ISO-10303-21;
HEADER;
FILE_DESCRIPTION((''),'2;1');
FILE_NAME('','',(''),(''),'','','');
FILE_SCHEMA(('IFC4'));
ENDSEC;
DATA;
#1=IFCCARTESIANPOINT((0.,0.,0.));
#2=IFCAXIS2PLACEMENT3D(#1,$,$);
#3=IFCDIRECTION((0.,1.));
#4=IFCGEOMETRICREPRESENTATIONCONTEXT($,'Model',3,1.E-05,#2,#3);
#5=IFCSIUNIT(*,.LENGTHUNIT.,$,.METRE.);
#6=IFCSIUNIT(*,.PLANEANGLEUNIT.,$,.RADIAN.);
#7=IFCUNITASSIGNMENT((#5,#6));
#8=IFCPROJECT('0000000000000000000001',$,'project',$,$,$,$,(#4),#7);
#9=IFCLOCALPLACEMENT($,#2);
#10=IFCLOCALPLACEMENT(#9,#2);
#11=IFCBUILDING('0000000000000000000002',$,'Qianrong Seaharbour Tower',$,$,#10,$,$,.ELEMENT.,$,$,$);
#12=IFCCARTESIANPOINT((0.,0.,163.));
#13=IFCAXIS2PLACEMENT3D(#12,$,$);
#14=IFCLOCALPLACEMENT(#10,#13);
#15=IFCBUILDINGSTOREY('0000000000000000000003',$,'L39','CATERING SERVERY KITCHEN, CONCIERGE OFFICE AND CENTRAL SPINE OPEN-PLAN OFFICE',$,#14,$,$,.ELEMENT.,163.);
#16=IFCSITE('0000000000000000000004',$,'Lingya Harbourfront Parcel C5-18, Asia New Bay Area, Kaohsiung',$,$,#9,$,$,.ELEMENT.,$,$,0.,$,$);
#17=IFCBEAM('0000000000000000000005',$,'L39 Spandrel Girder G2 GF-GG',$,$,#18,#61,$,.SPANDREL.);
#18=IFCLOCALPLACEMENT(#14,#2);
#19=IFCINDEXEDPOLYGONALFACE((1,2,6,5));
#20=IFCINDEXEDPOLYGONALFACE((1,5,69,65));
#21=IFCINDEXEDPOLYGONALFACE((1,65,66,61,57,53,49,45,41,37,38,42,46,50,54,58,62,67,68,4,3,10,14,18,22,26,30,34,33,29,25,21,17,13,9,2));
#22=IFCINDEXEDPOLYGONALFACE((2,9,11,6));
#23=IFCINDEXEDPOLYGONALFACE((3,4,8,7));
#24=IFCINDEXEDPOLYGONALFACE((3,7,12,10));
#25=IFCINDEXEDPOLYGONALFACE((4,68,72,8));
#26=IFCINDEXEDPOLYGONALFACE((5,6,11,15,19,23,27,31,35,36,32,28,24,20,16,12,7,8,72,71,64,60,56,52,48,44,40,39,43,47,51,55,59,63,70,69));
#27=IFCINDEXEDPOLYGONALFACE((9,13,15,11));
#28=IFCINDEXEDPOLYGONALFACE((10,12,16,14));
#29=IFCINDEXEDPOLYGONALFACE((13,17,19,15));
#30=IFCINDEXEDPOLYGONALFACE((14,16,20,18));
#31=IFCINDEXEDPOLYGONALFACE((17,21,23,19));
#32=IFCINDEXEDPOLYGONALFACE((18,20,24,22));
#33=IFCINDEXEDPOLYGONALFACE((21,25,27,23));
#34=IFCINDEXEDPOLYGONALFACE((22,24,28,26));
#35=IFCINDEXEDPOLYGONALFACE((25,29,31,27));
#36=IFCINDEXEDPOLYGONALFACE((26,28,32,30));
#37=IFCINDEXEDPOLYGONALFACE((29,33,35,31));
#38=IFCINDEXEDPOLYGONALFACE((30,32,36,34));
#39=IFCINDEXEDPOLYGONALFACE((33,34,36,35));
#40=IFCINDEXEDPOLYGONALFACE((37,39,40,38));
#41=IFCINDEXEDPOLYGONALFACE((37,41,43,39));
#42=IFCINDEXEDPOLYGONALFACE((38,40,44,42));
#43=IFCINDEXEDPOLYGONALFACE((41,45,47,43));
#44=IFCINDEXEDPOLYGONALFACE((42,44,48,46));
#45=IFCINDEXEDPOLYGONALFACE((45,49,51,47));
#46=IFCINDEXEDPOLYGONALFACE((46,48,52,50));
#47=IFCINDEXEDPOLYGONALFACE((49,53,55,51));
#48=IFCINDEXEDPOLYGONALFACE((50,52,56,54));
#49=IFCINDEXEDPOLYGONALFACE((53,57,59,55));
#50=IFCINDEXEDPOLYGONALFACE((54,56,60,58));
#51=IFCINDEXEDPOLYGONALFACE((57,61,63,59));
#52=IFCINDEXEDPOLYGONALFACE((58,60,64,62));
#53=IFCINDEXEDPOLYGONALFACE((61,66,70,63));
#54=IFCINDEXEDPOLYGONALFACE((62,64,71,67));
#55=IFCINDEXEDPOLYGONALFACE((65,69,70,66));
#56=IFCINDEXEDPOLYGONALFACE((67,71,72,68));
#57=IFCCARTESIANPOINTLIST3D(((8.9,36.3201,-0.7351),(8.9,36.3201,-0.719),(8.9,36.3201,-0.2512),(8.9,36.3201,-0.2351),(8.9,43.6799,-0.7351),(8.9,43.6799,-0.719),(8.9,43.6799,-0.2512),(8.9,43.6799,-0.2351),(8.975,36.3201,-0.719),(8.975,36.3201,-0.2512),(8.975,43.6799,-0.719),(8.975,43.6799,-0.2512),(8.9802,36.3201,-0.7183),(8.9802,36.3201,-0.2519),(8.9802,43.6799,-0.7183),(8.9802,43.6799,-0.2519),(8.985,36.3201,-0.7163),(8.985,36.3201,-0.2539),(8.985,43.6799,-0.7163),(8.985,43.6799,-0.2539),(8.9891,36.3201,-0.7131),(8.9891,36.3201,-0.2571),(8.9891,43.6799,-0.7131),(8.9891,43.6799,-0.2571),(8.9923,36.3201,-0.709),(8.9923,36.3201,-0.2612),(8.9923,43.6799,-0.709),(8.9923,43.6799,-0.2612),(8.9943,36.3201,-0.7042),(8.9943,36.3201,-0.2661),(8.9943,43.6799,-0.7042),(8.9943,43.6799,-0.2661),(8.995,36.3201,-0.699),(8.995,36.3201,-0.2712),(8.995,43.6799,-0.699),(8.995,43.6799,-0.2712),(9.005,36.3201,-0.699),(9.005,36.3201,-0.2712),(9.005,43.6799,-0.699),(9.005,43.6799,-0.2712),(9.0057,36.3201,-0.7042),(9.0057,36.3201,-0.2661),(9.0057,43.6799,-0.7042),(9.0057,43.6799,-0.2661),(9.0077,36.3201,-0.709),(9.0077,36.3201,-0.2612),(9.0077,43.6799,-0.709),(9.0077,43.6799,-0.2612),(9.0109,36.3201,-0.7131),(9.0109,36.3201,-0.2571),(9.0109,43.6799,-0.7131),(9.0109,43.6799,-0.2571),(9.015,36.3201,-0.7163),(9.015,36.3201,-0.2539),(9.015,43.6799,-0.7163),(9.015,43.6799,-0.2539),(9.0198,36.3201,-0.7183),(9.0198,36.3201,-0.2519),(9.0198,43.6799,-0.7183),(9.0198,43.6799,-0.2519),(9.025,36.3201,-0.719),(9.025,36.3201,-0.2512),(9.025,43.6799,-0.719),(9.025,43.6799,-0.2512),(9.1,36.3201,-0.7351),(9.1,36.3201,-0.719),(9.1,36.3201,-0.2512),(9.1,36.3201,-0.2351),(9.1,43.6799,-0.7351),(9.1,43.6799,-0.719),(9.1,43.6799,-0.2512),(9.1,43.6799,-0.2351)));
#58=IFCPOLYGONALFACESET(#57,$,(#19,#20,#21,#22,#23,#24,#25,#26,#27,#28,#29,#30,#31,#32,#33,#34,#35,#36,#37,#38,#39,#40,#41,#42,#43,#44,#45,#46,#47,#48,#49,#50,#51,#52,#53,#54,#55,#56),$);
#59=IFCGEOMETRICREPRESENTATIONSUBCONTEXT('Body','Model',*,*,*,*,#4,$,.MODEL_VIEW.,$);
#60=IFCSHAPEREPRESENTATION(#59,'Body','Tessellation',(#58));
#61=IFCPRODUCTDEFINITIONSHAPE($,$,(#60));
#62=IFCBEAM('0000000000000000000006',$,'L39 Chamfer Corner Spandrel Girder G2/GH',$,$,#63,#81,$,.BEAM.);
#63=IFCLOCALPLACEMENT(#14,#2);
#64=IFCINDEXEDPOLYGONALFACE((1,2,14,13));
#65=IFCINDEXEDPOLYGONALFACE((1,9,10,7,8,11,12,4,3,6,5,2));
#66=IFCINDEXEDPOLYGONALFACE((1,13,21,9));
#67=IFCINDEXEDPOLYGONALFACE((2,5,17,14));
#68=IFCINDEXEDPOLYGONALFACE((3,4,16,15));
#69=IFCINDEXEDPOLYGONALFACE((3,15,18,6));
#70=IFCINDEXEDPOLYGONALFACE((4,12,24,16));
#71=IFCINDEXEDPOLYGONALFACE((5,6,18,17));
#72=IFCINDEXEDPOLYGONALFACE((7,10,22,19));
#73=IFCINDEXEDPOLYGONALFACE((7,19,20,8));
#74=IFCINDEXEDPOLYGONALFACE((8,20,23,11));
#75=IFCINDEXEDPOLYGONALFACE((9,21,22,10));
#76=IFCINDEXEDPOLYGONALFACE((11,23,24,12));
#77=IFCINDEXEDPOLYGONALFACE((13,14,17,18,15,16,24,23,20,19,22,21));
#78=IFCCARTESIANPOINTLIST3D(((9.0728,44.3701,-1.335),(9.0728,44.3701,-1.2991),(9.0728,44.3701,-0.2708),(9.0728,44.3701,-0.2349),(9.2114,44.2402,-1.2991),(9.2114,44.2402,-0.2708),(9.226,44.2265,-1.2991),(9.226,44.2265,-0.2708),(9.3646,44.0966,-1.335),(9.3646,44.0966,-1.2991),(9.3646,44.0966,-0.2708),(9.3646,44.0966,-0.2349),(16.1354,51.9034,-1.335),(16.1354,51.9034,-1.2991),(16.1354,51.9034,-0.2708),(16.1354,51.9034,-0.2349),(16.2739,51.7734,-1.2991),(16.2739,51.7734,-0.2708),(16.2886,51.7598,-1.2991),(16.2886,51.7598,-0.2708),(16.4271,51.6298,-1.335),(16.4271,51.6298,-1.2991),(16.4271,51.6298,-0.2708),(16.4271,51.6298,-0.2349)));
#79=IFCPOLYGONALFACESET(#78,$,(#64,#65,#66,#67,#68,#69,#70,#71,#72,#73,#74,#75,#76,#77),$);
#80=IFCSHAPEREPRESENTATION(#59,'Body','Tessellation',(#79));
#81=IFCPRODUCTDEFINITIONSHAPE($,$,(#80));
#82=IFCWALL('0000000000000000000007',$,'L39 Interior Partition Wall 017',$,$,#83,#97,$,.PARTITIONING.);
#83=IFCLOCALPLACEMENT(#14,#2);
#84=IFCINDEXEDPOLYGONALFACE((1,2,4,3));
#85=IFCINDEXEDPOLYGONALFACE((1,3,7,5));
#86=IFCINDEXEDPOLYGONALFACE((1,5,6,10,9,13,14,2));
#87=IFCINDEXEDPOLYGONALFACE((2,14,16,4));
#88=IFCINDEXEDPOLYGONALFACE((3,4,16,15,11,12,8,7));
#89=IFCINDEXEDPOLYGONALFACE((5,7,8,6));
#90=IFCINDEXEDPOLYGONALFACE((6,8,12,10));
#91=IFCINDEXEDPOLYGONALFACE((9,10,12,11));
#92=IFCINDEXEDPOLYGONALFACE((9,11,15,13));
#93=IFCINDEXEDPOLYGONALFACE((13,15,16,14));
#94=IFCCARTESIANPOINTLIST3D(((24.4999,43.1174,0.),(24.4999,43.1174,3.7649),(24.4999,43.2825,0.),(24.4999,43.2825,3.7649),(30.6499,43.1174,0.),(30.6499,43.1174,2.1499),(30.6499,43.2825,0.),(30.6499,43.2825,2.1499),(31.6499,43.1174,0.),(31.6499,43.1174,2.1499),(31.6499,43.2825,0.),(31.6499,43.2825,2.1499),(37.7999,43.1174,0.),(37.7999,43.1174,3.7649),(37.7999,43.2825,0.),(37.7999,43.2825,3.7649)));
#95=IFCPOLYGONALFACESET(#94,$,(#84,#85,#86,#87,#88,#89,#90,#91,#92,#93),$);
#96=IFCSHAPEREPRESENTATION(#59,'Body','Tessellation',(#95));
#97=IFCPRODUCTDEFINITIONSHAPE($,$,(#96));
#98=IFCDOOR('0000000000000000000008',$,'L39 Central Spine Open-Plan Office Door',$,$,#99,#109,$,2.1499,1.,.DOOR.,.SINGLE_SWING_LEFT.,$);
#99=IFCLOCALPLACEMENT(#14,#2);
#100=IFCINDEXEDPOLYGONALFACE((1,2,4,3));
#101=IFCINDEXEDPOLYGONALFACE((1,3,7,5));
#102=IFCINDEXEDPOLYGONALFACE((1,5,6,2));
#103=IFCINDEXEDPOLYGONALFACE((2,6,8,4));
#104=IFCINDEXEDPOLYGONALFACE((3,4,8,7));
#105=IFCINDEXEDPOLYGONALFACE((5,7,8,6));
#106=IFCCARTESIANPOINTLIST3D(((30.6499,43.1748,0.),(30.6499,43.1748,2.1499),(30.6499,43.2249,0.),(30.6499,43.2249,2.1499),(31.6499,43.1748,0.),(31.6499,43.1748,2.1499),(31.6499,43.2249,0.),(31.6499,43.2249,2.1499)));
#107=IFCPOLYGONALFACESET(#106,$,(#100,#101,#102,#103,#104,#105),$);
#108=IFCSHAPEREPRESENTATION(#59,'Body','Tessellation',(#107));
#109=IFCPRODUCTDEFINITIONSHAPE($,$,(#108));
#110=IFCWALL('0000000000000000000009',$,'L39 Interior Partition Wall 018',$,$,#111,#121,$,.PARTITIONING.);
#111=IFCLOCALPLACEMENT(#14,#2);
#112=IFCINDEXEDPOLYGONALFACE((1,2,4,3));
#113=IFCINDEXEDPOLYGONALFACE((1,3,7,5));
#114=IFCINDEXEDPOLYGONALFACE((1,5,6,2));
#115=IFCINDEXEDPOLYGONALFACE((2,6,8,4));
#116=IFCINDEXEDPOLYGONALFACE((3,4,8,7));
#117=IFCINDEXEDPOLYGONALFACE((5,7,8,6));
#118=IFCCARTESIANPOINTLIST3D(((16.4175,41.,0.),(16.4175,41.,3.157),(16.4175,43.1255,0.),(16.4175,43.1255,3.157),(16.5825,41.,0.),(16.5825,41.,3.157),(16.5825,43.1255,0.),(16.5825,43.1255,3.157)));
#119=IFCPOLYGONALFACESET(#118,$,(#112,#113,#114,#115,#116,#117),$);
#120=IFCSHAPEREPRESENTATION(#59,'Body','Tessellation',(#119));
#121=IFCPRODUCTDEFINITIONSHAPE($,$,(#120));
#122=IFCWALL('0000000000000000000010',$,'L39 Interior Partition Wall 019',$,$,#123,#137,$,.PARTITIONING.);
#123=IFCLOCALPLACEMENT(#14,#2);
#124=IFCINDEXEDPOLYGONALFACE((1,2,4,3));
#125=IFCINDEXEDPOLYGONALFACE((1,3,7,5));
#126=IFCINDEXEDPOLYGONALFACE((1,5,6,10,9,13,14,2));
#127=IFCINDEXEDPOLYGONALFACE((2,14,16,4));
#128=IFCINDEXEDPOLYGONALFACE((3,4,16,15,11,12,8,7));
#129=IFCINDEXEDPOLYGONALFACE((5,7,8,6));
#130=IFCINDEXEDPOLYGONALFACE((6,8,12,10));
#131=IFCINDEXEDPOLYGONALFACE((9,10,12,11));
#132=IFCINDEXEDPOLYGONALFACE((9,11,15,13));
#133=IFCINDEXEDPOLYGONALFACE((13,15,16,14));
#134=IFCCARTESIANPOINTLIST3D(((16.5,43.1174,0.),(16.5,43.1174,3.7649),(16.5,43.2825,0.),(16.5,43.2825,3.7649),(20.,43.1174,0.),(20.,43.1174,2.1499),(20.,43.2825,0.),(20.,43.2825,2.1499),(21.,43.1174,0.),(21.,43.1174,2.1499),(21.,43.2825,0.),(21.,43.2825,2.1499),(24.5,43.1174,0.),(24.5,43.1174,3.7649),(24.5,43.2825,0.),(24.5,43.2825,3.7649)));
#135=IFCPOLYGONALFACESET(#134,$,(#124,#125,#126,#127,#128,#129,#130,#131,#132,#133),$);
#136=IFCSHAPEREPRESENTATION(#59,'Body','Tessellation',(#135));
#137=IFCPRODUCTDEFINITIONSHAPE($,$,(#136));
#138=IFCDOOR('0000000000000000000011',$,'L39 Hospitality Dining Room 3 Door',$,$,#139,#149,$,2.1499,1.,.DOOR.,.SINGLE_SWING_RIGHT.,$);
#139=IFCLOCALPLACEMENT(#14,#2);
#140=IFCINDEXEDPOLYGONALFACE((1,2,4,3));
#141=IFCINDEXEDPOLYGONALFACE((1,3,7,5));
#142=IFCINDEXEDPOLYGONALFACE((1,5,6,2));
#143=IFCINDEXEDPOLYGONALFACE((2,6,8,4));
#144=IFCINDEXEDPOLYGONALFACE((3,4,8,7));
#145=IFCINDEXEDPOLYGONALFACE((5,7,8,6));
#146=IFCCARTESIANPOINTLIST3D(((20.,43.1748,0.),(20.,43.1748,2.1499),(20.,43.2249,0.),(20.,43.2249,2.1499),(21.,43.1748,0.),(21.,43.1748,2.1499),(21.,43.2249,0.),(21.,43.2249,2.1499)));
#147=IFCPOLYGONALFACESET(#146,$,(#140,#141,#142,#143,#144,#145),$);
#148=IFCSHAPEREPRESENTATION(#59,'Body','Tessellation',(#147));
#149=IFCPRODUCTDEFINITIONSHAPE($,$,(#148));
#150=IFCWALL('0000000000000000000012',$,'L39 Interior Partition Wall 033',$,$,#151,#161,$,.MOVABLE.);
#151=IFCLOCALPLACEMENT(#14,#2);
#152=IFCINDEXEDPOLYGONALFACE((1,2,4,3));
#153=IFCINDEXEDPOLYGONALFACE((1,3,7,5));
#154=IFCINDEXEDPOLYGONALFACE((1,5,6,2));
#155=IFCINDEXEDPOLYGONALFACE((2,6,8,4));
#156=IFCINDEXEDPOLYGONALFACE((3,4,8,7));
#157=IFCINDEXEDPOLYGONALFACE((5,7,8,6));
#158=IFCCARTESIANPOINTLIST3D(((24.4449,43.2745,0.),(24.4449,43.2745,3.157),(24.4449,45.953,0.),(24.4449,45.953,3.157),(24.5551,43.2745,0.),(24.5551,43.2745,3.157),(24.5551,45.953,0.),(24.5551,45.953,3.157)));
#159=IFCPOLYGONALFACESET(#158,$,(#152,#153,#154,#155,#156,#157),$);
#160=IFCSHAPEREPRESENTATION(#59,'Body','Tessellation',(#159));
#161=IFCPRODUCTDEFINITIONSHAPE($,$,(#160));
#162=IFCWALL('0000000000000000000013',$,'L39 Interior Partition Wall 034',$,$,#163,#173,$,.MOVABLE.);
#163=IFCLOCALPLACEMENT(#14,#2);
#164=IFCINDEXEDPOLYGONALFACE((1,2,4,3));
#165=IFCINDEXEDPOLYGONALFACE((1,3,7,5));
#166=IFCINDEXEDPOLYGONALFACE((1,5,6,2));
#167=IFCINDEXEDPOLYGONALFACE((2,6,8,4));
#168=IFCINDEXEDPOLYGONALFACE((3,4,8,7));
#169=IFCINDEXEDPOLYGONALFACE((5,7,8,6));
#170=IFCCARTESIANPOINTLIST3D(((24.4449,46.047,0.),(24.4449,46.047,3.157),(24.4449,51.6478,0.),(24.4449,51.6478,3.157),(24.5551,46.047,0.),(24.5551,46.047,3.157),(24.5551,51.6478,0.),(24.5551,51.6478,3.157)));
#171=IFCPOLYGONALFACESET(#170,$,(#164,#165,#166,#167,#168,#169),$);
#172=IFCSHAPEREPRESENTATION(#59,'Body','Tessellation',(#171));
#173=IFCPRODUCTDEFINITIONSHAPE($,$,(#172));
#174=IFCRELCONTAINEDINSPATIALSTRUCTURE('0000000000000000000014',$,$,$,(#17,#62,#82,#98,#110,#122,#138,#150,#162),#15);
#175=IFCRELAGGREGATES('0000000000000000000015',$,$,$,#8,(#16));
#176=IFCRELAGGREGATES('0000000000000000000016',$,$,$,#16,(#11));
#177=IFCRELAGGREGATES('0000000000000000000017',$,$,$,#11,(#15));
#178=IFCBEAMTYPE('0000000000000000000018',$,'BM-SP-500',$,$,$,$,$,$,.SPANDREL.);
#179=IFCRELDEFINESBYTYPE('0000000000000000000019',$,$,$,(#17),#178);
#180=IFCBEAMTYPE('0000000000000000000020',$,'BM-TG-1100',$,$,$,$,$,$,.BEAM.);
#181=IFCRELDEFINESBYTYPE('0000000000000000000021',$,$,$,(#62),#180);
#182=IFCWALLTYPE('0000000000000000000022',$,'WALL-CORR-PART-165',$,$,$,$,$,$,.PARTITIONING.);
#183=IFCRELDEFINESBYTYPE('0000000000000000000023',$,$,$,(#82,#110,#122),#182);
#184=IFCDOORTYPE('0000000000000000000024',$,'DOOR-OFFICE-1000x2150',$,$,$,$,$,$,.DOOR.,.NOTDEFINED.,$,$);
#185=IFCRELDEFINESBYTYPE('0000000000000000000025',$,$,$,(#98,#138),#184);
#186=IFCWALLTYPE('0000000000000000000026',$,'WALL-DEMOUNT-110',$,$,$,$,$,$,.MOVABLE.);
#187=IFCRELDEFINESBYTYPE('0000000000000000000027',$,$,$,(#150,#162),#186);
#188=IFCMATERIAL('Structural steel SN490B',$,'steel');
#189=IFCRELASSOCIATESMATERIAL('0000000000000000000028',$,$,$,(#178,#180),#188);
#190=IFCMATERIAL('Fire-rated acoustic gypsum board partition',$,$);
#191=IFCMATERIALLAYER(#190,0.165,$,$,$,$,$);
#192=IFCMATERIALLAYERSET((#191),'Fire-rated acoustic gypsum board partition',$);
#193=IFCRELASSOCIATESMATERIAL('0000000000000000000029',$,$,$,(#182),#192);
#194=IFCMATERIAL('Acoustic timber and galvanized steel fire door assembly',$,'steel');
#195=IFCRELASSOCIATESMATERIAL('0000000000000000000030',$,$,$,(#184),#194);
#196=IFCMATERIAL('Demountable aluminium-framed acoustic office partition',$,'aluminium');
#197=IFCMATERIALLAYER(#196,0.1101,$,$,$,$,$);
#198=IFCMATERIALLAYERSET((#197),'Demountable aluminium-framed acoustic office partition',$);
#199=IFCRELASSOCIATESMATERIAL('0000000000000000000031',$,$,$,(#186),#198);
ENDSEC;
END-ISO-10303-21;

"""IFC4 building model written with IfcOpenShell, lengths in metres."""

from ifc_helpers import new_model, si_unit, direction, frame, frame_2d, origin, origin_2d, place, context, subcontext, project, spatial, rectangle, i_section, extrude, material, layer, layer_set, material_profile, profile_set, type_object, element, fill, save


model = new_model("IFC4")

# Units and contexts
model_context = context("Model", 3, precision=1e-05, world=origin(), true_north=direction((0.0, 1.0)))
body_context = subcontext(model_context, "Body", "Model", "MODEL_VIEW")
ifc_project = project(units=[si_unit("LENGTHUNIT", "METRE"), si_unit("PLANEANGLEUNIT", "RADIAN")], contexts=[model_context])

# Site, building, storey
site_placement = place(None, origin())
site = spatial("IfcSite", under=ifc_project, at=site_placement, Name="Lingya Harbourfront Parcel C5-18, Asia New Bay Area, Kaohsiung", CompositionType="ELEMENT", RefElevation=0.0)
building_placement = place(site_placement, origin())
building = spatial("IfcBuilding", under=site, at=building_placement, Name="Qianrong Seaharbour Tower", CompositionType="ELEMENT")
storey_placement = place(building_placement, frame((0.0, 0.0, 163.0)))
storey = spatial("IfcBuildingStorey", under=building, at=storey_placement, Name="L39", Description="CATERING SERVERY KITCHEN, CONCIERGE OFFICE AND CENTRAL SPINE OPEN-PLAN OFFICE", CompositionType="ELEMENT", Elevation=163.0)

# Shared definitions
ifc_material_1 = material(Name="Structural steel SN490B", Category="steel")

# Beams
ifc_material_profile_1 = material_profile(ifc_material_1, i_section(OverallWidth=0.2, OverallDepth=0.5, WebThickness=0.01, FlangeThickness=0.0161, FilletRadius=0.02, at=origin_2d()), Name="H500x200x10x16")
ifc_profile_set_1 = profile_set([ifc_material_profile_1], Name="Structural steel SN490B")
beam_type_1 = type_object("IfcBeamType", Name="BM-SP-500", PredefinedType="SPANDREL", material=ifc_profile_set_1)
for number, where, z_axis, x_axis, name in (
    (1, (9.0, 36.3201, -0.4851), (0.0, 1.0, 0.0), (-1.0, 0.0, 0.0), "L39 Spandrel Girder G2 GF-GG"),
):
    element("IfcBeam", number, at=place(storey_placement, frame(where, z_axis=z_axis, x_axis=x_axis)), inside=storey, type_object=beam_type_1, Name=name, PredefinedType="SPANDREL", context=body_context, shape_type="SweptSolid", body=[
        extrude(i_section(OverallWidth=0.2, OverallDepth=0.5, WebThickness=0.01, FlangeThickness=0.0161, FilletRadius=0.02, at=origin_2d()), origin(), (0.0, 0.0, 1.0), 7.3599),
    ])
ifc_material_profile_2 = material_profile(ifc_material_1, i_section(OverallWidth=0.3999, OverallDepth=1.1001, WebThickness=0.02, FlangeThickness=0.0359, at=origin_2d()), Name="BH1100x400x20x36")
ifc_profile_set_2 = profile_set([ifc_material_profile_2], Name="Structural steel SN490B")
beam_type_2 = type_object("IfcBeamType", Name="BM-TG-1100", PredefinedType="BEAM", material=ifc_profile_set_2)
beam_1_placement = place(storey_placement, frame((16.2812, 51.7666, -0.7849), z_axis=(-0.683947, -0.729531, 0.0), x_axis=(0.729531, -0.683947, 0.0)))
element("IfcBeam", 2, at=beam_1_placement, inside=storey, type_object=beam_type_2, Name="L39 Chamfer Corner Spandrel Girder G2/GH", PredefinedType="BEAM", context=body_context, shape_type="SweptSolid", body=[
    extrude(i_section(OverallWidth=0.3999, OverallDepth=1.1001, WebThickness=0.02, FlangeThickness=0.0359, at=origin_2d()), origin(), (0.0, 0.0, 1.0), 10.3262),
])

# Wall, opening, door
ifc_material_2 = material(Name="Fire-rated acoustic gypsum board partition")
ifc_layer_1 = layer(ifc_material_2, 0.165)
ifc_layer_set_1 = layer_set([ifc_layer_1], Name="Fire-rated acoustic gypsum board partition")
wall_type_1 = type_object("IfcWallType", Name="WALL-CORR-PART-165", PredefinedType="PARTITIONING", material=ifc_layer_set_1)
wall_1_placement = place(storey_placement, frame((24.5, 43.2, 0.0), z_axis=(0.0, 0.0, 1.0), x_axis=(1.0, 0.0, 0.0)))
wall_1 = element("IfcWall", 3, at=wall_1_placement, inside=storey, type_object=wall_type_1, Name="L39 Interior Partition Wall 017", PredefinedType="PARTITIONING", context=body_context, shape_type="SweptSolid", body=[
    extrude(rectangle(XDim=13.3, YDim=0.165, at=frame_2d((6.6499, 0.0))), origin(), (0.0, 0.0, 1.0), 3.7649),
])
opening_1_placement = place(wall_1_placement, frame((6.1499, 0.0, 0.0)))
opening_1 = element("IfcOpeningElement", 4, at=opening_1_placement, cuts=wall_1, PredefinedType="OPENING", context=body_context, shape_type="SweptSolid", body=[
    extrude(rectangle(XDim=1.0, YDim=2.1499, at=frame_2d((0.5, 1.075))), frame((0.0, 0.0925, 0.0), z_axis=(0.0, -1.0, 0.0), x_axis=(1.0, 0.0, 0.0)), (0.0, 0.0, 1.0), 0.1851),
])
ifc_material_3 = material(Name="Acoustic timber and galvanized steel fire door assembly", Category="steel")
door_type = type_object("IfcDoorType", Name="DOOR-OFFICE-1000x2150", OperationType="NOTDEFINED", PredefinedType="DOOR", material=ifc_material_3)
door_1_placement = place(opening_1_placement, origin())
door_1 = element("IfcDoor", 5, at=door_1_placement, inside=storey, type_object=door_type, Name="L39 Central Spine Open-Plan Office Door", OperationType="SINGLE_SWING_LEFT", OverallHeight=2.1499, OverallWidth=1.0, PredefinedType="DOOR", context=body_context, shape_type="SweptSolid", body=[
    extrude(rectangle(XDim=1.0, YDim=2.1499, at=frame_2d((0.5, 1.075))), frame((0.0, 0.0249, 0.0), z_axis=(0.0, -1.0, 0.0), x_axis=(1.0, 0.0, 0.0)), (0.0, 0.0, 1.0), 0.05),
])
fill(opening_1, door_1)

# Wall
wall_2_placement = place(storey_placement, frame((16.5, 41.0, 0.0), z_axis=(0.0, 0.0, 1.0), x_axis=(0.0, 1.0, 0.0)))
element("IfcWall", 6, at=wall_2_placement, inside=storey, type_object=wall_type_1, Name="L39 Interior Partition Wall 018", PredefinedType="PARTITIONING", context=body_context, shape_type="SweptSolid", body=[
    extrude(rectangle(XDim=2.1255, YDim=0.165, at=frame_2d((1.0627, 0.0))), origin(), (0.0, 0.0, 1.0), 3.157),
])

# Wall, opening, door
wall_3_placement = place(storey_placement, frame((16.5, 43.2, 0.0), z_axis=(0.0, 0.0, 1.0), x_axis=(1.0, 0.0, 0.0)))
wall_3 = element("IfcWall", 7, at=wall_3_placement, inside=storey, type_object=wall_type_1, Name="L39 Interior Partition Wall 019", PredefinedType="PARTITIONING", context=body_context, shape_type="SweptSolid", body=[
    extrude(rectangle(XDim=8.0, YDim=0.165, at=frame_2d((4.0, 0.0))), origin(), (0.0, 0.0, 1.0), 3.7649),
])
opening_2_placement = place(wall_3_placement, frame((3.5, 0.0, 0.0)))
opening_2 = element("IfcOpeningElement", 8, at=opening_2_placement, cuts=wall_3, PredefinedType="OPENING", context=body_context, shape_type="SweptSolid", body=[
    extrude(rectangle(XDim=1.0, YDim=2.1499, at=frame_2d((0.5, 1.075))), frame((0.0, 0.0925, 0.0), z_axis=(0.0, -1.0, 0.0), x_axis=(1.0, 0.0, 0.0)), (0.0, 0.0, 1.0), 0.1851),
])
door_2_placement = place(opening_2_placement, origin())
door_2 = element("IfcDoor", 9, at=door_2_placement, inside=storey, type_object=door_type, Name="L39 Hospitality Dining Room 3 Door", OperationType="SINGLE_SWING_RIGHT", OverallHeight=2.1499, OverallWidth=1.0, PredefinedType="DOOR", context=body_context, shape_type="SweptSolid", body=[
    extrude(rectangle(XDim=1.0, YDim=2.1499, at=frame_2d((0.5, 1.075))), frame((0.0, 0.0249, 0.0), z_axis=(0.0, -1.0, 0.0), x_axis=(1.0, 0.0, 0.0)), (0.0, 0.0, 1.0), 0.05),
])
fill(opening_2, door_2)

# Walls
ifc_material_4 = material(Name="Demountable aluminium-framed acoustic office partition", Category="aluminium")
ifc_layer_2 = layer(ifc_material_4, 0.1101)
ifc_layer_set_2 = layer_set([ifc_layer_2], Name="Demountable aluminium-framed acoustic office partition")
wall_type_2 = type_object("IfcWallType", Name="WALL-DEMOUNT-110", PredefinedType="MOVABLE", material=ifc_layer_set_2)
wall_4_placement = place(storey_placement, frame((24.5, 43.2744, 0.0), z_axis=(0.0, 0.0, 1.0), x_axis=(0.0, 1.0, 0.0)))
element("IfcWall", 10, at=wall_4_placement, inside=storey, type_object=wall_type_2, Name="L39 Interior Partition Wall 033", PredefinedType="MOVABLE", context=body_context, shape_type="SweptSolid", body=[
    extrude(rectangle(XDim=2.6785, YDim=0.1101, at=frame_2d((1.3394, 0.0))), origin(), (0.0, 0.0, 1.0), 3.157),
])
wall_5_placement = place(storey_placement, frame((24.5, 46.0471, 0.0), z_axis=(0.0, 0.0, 1.0), x_axis=(0.0, 1.0, 0.0)))
element("IfcWall", 11, at=wall_5_placement, inside=storey, type_object=wall_type_2, Name="L39 Interior Partition Wall 034", PredefinedType="MOVABLE", context=body_context, shape_type="SweptSolid", body=[
    extrude(rectangle(XDim=5.6008, YDim=0.1101, at=frame_2d((2.8003, 0.0))), origin(), (0.0, 0.0, 1.0), 3.157),
])

save(model, "model.ifc")
